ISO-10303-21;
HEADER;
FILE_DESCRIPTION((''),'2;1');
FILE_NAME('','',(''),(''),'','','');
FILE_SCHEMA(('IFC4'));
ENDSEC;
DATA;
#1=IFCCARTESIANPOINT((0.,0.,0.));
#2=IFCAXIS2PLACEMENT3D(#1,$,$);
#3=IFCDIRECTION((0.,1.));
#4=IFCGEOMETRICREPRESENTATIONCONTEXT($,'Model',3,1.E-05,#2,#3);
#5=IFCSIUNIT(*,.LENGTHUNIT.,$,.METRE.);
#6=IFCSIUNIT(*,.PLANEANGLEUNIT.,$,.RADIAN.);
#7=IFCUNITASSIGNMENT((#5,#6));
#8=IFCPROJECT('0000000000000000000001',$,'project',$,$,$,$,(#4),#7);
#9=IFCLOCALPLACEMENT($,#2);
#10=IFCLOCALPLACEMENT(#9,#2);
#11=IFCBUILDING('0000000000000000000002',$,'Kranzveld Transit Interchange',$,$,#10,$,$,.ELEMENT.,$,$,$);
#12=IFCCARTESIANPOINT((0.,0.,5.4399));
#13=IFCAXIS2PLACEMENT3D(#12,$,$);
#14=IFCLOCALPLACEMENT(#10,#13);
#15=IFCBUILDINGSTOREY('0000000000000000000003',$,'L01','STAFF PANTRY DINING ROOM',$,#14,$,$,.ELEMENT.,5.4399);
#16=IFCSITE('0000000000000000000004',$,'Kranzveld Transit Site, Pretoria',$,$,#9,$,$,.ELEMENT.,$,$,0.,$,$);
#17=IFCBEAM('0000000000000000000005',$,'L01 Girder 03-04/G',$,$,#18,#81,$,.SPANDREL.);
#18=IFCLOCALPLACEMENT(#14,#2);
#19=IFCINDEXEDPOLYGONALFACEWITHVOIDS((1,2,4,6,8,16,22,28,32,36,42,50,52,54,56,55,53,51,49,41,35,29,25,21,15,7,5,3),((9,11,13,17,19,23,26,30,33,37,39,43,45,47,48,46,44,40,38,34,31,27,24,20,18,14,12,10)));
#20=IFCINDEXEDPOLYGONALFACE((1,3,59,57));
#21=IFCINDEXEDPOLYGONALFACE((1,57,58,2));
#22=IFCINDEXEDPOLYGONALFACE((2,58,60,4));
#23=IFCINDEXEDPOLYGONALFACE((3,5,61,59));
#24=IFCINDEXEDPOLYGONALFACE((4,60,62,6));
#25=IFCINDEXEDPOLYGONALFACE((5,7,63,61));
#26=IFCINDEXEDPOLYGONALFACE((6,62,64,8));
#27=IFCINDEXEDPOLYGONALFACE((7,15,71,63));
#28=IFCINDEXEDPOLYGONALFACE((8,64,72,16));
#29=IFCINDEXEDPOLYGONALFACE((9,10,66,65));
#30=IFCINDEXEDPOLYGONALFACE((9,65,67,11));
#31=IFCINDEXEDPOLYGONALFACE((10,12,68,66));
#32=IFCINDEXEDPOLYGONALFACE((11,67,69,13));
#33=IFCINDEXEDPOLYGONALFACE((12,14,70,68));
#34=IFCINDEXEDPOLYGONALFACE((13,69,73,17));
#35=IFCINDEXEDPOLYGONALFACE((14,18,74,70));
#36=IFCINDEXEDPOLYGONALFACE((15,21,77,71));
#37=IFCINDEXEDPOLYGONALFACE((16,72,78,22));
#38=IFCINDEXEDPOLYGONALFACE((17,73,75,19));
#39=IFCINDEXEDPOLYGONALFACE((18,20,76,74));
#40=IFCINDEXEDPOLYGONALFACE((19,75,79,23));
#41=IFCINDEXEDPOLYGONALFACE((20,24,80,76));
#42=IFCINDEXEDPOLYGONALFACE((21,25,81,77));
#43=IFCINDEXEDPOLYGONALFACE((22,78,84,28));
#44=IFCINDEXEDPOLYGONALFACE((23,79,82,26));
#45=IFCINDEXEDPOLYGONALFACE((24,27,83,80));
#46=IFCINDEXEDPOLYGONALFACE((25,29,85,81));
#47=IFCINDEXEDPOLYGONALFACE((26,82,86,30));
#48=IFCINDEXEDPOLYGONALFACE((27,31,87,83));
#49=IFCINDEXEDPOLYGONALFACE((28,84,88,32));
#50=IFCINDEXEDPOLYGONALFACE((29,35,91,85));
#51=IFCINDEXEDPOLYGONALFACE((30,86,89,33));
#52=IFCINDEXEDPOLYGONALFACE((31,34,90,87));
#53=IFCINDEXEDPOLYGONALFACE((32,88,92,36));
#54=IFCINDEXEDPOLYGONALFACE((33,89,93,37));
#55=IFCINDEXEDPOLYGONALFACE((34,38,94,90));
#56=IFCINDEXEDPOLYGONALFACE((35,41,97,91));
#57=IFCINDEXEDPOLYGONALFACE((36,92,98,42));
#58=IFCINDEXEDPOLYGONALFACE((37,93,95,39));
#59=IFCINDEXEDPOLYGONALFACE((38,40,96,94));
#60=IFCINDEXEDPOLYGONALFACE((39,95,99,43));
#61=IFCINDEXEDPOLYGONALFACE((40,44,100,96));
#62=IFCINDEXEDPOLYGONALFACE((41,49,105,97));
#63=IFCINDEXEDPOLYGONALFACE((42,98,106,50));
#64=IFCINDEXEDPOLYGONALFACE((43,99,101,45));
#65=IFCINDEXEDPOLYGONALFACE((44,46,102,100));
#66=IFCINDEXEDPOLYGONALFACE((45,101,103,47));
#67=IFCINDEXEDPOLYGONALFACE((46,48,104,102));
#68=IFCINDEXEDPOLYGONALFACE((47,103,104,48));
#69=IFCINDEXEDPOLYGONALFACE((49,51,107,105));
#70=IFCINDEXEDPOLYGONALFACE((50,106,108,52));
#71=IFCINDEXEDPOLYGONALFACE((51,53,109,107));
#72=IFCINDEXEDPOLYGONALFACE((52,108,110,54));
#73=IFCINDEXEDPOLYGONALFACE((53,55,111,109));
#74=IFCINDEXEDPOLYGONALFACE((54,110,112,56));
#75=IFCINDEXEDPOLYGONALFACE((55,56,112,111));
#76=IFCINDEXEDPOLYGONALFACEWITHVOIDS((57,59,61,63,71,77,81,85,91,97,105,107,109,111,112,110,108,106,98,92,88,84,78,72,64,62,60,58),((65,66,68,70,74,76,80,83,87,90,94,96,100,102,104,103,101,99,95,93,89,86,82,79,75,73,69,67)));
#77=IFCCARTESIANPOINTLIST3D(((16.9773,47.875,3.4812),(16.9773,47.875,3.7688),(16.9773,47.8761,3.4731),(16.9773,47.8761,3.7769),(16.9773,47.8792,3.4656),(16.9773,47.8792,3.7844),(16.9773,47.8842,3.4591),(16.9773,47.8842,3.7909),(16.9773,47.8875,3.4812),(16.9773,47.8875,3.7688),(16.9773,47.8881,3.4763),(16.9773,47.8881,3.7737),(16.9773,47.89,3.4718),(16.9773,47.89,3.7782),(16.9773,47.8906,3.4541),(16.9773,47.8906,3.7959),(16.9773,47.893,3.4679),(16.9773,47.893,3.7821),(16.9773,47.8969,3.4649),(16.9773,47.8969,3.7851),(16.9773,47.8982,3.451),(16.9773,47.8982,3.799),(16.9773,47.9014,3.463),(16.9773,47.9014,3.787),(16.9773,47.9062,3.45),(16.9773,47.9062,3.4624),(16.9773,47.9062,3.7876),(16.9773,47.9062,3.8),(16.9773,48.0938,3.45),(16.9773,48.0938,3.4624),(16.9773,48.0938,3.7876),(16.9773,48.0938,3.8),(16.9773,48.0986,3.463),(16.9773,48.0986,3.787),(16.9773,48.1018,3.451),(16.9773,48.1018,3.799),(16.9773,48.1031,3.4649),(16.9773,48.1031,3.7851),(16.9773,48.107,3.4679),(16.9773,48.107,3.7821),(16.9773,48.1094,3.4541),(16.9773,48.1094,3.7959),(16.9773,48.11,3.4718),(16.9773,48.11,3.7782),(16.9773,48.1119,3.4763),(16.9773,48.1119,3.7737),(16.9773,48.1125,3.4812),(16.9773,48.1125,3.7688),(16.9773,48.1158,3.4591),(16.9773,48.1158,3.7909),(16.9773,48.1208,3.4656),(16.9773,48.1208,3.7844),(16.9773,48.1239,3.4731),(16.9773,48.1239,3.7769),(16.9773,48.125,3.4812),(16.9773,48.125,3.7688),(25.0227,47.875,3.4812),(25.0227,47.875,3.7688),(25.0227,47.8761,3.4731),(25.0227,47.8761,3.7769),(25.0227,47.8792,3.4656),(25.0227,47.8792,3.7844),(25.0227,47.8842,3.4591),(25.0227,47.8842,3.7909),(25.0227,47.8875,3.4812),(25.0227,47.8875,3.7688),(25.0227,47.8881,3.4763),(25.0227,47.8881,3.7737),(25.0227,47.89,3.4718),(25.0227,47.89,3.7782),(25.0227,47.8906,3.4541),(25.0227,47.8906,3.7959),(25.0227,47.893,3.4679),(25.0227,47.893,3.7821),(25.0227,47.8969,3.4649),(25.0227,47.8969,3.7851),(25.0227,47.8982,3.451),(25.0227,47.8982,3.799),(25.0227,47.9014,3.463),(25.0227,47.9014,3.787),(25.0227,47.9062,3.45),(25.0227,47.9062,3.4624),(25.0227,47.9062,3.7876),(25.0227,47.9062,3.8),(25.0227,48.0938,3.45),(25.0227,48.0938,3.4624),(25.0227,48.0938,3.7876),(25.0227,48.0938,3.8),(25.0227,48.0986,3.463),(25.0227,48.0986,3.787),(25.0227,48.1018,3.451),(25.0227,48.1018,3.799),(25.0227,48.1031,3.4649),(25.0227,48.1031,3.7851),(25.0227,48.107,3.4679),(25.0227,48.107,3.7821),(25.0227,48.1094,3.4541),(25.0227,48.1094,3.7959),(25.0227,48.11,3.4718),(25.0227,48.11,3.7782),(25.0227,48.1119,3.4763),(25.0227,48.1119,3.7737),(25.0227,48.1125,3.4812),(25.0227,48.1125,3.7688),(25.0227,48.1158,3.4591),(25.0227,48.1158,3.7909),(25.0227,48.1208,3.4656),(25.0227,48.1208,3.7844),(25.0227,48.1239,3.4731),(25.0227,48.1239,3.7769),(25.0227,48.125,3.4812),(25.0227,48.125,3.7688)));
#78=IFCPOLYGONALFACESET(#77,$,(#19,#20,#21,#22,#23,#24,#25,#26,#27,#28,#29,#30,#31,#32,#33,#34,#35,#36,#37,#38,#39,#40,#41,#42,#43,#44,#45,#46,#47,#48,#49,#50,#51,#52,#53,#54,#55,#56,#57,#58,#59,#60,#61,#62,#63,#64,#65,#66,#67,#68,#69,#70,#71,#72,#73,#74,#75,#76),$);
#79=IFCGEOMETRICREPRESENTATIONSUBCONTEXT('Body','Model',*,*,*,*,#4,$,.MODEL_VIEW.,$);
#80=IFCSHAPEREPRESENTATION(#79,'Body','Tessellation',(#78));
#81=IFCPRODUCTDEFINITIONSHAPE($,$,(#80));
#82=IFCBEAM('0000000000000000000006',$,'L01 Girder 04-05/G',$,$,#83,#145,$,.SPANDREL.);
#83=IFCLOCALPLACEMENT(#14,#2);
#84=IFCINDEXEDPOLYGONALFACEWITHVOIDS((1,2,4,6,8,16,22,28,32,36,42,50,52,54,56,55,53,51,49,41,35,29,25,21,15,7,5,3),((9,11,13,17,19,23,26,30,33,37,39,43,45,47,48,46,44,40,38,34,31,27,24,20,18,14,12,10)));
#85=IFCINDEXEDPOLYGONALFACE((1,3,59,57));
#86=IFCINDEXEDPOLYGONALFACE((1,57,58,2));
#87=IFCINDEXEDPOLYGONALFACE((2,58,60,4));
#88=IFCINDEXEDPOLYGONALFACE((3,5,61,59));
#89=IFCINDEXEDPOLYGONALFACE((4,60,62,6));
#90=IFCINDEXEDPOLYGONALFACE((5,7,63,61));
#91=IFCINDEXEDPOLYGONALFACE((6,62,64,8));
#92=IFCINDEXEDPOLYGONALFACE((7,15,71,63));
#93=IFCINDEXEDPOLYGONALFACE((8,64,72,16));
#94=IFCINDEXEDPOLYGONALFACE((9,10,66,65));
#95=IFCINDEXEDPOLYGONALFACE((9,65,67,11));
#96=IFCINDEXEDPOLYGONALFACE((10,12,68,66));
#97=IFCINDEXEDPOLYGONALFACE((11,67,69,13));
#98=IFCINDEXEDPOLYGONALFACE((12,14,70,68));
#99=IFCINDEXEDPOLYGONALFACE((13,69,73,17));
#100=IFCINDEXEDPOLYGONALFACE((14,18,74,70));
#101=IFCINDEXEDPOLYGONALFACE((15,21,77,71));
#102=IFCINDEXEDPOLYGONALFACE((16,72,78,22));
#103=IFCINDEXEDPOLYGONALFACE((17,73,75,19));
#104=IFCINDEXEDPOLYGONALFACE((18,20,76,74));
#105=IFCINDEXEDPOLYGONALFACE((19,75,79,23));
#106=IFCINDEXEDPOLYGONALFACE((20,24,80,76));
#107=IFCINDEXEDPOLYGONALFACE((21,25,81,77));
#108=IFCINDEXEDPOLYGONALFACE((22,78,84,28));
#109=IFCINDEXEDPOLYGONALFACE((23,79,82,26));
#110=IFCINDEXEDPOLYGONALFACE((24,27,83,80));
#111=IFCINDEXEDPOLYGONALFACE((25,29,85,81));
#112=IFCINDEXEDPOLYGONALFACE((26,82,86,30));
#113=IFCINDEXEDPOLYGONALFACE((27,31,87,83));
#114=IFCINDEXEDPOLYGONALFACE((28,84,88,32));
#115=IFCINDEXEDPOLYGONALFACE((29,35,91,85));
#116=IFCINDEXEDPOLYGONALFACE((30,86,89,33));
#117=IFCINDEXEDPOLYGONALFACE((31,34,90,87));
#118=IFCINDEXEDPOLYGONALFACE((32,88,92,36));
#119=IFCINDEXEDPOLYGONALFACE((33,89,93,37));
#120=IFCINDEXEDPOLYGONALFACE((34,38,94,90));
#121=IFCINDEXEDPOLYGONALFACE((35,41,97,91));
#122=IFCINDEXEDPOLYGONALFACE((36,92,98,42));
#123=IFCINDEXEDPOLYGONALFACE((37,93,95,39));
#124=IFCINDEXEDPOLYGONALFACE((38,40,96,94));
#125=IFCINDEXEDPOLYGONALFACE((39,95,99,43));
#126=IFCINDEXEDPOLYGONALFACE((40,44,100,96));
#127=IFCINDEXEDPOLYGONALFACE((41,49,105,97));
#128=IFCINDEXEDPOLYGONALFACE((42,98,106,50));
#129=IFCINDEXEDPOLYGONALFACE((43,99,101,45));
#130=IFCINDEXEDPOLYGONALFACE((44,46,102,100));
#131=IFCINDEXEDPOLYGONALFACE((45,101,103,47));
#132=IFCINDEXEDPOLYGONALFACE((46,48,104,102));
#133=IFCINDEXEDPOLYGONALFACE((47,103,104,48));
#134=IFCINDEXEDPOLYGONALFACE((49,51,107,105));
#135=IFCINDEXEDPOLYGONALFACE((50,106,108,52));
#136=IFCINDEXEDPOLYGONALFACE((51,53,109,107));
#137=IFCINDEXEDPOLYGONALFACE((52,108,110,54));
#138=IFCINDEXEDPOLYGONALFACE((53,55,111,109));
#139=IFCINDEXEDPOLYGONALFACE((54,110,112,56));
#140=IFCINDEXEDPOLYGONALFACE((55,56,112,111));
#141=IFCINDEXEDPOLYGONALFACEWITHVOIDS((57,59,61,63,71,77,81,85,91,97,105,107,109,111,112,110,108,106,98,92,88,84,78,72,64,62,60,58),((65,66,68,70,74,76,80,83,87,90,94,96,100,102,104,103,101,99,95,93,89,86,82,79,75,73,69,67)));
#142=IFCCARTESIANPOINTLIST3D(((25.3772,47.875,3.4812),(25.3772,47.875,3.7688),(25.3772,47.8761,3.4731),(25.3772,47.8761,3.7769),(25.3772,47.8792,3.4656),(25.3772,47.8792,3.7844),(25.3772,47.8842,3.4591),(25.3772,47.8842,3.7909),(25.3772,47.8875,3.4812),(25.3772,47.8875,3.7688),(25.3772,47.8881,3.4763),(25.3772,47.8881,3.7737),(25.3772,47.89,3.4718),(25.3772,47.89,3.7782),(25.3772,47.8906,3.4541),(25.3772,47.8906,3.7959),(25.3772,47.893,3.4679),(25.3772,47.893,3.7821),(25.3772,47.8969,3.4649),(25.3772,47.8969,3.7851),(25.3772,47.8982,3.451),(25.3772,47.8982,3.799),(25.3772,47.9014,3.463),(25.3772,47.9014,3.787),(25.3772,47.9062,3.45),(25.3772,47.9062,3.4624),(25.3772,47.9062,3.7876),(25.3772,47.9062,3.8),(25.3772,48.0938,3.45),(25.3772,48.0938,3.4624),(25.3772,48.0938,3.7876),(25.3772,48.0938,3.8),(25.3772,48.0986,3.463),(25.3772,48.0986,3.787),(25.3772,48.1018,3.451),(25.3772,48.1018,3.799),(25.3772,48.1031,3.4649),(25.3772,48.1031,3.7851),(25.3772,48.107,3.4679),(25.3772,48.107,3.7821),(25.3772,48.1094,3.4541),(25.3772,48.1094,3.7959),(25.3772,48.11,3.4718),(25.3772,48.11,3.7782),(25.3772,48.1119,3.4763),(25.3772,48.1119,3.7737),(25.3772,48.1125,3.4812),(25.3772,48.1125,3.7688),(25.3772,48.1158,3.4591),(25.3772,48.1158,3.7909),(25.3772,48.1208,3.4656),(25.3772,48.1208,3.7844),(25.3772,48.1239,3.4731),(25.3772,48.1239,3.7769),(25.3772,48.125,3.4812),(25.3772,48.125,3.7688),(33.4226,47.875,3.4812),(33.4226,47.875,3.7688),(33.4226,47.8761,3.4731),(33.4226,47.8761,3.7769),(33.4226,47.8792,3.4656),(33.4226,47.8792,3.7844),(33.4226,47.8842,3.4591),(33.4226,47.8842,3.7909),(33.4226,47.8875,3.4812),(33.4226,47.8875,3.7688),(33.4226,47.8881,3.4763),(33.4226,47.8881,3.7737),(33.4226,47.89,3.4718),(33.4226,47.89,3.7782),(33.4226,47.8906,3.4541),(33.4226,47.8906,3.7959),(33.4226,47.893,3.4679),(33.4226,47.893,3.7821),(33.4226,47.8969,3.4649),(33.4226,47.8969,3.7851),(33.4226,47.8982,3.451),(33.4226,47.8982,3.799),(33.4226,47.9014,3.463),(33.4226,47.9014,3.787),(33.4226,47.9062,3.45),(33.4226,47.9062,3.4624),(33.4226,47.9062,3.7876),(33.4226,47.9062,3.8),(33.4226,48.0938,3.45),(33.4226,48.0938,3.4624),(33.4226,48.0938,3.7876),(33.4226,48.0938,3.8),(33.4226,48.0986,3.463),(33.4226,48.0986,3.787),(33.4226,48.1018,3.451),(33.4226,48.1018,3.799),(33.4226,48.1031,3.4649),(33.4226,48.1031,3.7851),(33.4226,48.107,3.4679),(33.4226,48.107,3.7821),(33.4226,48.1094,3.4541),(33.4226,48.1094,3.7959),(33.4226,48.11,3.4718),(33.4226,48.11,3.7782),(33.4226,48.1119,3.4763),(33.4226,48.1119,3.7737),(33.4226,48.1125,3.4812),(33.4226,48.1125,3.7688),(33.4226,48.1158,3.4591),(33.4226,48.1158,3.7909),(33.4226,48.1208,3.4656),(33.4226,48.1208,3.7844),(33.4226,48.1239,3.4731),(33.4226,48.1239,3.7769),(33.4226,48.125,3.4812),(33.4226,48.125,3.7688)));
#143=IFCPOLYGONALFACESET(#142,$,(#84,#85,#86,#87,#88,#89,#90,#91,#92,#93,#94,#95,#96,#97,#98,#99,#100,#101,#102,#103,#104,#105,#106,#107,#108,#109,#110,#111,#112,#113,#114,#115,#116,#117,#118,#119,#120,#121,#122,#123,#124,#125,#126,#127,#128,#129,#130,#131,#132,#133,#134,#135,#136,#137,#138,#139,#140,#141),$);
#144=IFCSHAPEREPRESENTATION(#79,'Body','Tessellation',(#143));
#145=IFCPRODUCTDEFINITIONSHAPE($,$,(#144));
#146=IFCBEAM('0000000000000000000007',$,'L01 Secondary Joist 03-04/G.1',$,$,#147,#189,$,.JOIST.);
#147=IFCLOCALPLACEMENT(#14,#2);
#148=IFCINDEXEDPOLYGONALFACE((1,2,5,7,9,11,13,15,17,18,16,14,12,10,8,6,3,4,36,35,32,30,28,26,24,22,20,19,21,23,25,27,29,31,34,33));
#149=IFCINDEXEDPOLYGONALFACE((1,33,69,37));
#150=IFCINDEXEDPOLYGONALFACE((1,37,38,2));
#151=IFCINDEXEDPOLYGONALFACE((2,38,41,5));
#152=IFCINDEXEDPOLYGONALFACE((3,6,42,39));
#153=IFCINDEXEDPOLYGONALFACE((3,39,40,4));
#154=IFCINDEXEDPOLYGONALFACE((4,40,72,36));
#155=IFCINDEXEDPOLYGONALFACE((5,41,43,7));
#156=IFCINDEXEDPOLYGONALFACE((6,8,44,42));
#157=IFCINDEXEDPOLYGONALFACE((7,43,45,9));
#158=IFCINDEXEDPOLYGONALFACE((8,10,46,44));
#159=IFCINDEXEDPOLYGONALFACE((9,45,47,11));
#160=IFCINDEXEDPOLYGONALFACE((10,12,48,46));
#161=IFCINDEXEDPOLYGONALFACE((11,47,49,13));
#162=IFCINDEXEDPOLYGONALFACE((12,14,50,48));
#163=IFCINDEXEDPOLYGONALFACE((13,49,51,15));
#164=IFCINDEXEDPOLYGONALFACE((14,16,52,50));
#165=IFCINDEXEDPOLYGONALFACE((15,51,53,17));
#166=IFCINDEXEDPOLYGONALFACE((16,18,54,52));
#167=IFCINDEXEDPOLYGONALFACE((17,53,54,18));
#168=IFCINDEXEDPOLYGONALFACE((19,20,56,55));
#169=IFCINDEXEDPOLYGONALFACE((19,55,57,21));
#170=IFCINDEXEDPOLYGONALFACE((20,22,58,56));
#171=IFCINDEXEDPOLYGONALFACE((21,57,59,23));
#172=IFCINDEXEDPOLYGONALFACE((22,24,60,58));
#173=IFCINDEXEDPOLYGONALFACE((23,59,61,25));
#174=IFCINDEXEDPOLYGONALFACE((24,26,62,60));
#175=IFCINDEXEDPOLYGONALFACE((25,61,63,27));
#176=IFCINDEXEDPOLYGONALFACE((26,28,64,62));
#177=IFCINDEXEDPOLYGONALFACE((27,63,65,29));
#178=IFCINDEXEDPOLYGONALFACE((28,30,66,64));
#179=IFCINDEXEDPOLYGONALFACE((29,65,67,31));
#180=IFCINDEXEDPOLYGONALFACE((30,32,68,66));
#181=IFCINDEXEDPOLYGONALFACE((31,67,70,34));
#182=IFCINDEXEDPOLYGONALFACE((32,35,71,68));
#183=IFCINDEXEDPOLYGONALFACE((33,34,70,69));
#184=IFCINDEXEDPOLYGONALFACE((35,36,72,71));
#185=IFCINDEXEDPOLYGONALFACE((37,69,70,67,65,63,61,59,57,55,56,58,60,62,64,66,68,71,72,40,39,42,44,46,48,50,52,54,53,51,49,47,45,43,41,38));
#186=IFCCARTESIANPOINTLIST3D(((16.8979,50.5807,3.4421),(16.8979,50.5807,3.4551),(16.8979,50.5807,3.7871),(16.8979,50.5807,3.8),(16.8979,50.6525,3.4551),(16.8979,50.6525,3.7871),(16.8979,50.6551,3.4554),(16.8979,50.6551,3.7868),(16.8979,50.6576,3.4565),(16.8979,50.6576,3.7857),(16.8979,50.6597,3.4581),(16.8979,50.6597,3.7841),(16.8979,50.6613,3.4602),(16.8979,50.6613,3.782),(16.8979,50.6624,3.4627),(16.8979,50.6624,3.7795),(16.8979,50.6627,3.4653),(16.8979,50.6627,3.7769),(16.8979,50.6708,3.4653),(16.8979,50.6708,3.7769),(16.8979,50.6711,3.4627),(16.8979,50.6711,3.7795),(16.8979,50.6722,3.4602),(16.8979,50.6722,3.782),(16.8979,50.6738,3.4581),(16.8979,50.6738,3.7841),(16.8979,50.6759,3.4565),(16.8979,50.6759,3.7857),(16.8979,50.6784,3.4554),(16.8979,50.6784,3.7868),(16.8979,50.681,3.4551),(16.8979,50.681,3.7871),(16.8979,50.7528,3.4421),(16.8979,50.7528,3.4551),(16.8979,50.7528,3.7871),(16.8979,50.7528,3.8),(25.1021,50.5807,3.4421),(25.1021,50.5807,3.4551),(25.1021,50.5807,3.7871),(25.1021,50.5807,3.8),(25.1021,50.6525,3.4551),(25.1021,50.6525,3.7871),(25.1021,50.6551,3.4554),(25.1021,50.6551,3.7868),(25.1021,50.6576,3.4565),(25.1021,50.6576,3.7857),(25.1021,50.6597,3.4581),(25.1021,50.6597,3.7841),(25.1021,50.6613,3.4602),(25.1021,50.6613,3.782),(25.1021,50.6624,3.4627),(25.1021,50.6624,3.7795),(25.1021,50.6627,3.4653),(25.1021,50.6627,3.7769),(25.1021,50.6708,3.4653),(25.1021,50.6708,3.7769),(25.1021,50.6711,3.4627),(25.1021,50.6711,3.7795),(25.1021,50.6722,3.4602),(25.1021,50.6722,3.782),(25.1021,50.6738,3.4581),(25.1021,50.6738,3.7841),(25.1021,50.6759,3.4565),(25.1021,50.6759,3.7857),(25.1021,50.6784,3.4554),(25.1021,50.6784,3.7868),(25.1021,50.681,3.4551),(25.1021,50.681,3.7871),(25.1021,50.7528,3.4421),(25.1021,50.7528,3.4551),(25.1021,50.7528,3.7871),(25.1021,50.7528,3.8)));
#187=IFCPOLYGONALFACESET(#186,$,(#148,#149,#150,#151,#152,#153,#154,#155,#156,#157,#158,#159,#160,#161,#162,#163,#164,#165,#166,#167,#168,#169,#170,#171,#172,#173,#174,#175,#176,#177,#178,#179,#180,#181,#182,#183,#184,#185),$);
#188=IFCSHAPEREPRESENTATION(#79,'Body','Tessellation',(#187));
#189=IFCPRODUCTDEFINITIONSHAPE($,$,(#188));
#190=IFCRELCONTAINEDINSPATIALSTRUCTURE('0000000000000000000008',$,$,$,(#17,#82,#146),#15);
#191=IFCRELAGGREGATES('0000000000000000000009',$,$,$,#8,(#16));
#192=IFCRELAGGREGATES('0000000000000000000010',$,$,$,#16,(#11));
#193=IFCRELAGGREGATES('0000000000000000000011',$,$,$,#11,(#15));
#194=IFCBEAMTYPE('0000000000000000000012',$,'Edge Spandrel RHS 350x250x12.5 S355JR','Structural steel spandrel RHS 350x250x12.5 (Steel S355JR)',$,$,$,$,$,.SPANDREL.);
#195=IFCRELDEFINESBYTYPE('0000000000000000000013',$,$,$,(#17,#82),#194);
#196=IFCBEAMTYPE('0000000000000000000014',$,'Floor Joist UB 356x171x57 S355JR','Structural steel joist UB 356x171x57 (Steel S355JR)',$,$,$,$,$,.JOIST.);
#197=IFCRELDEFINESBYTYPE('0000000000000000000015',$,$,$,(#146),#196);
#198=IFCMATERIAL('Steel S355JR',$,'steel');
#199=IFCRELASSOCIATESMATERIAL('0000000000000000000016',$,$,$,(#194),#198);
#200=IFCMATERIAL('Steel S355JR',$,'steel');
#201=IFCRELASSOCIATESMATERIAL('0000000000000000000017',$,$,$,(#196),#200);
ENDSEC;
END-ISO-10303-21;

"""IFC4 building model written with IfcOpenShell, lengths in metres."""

from ifc_helpers import new_model, si_unit, direction, frame, origin, origin_2d, place, context, subcontext, project, spatial, hollow_rectangle, i_section, extrude, material, material_profile, profile_set, type_object, element, save


model = new_model("IFC4")

# Units and contexts
model_context = context("Model", 3, precision=1e-05, world=origin(), true_north=direction((0.0, 1.0)))
body_context = subcontext(model_context, "Body", "Model", "MODEL_VIEW")
ifc_project = project(units=[si_unit("LENGTHUNIT", "METRE"), si_unit("PLANEANGLEUNIT", "RADIAN")], contexts=[model_context])

# Site, building, storey
site_placement = place(None, origin())
site = spatial("IfcSite", under=ifc_project, at=site_placement, Name="Kranzveld Transit Site, Pretoria", CompositionType="ELEMENT", RefElevation=0.0)
building_placement = place(site_placement, origin())
building = spatial("IfcBuilding", under=site, at=building_placement, Name="Kranzveld Transit Interchange", CompositionType="ELEMENT")
storey_placement = place(building_placement, frame((0.0, 0.0, 5.4399)))
storey = spatial("IfcBuildingStorey", under=building, at=storey_placement, Name="L01", Description="STAFF PANTRY DINING ROOM", CompositionType="ELEMENT", Elevation=5.4399)

# Beams
ifc_material_1 = material(Name="Steel S355JR", Category="steel")
ifc_material_profile_1 = material_profile(ifc_material_1, hollow_rectangle(XDim=0.25, YDim=0.3501, WallThickness=0.0125, InnerFilletRadius=0.0188, OuterFilletRadius=0.0312, at=origin_2d()), Name="RHS 350x250x12.5")
ifc_profile_set_1 = profile_set([ifc_material_profile_1], Name="Steel S355JR")
beam_type_1 = type_object("IfcBeamType", Name="Edge Spandrel RHS 350x250x12.5 S355JR", Description="Structural steel spandrel RHS 350x250x12.5 (Steel S355JR)", PredefinedType="SPANDREL", material=ifc_profile_set_1)
for number, where, z_axis, x_axis, name in (
    (1, (16.9773, 48.0, 3.625), (1.0, 0.0, 0.0), (0.0, 1.0, 0.0), "L01 Girder 03-04/G"),
    (2, (25.3772, 48.0, 3.625), (1.0, 0.0, 0.0), (0.0, 1.0, 0.0), "L01 Girder 04-05/G"),
):
    element("IfcBeam", number, at=place(storey_placement, frame(where, z_axis=z_axis, x_axis=x_axis)), inside=storey, type_object=beam_type_1, Name=name, PredefinedType="SPANDREL", context=body_context, shape_type="SweptSolid", body=[
        extrude(hollow_rectangle(XDim=0.25, YDim=0.3501, WallThickness=0.0125, InnerFilletRadius=0.0188, OuterFilletRadius=0.0312, at=origin_2d()), origin(), (0.0, 0.0, 1.0), 8.0454),
    ])
ifc_material_2 = material(Name="Steel S355JR", Category="steel")
ifc_material_profile_2 = material_profile(ifc_material_2, i_section(OverallWidth=0.1721, OverallDepth=0.3579, WebThickness=0.0081, FlangeThickness=0.0129, FilletRadius=0.0103, at=origin_2d()), Name="UB 356x171x57")
ifc_profile_set_2 = profile_set([ifc_material_profile_2], Name="Steel S355JR")
beam_type_2 = type_object("IfcBeamType", Name="Floor Joist UB 356x171x57 S355JR", Description="Structural steel joist UB 356x171x57 (Steel S355JR)", PredefinedType="JOIST", material=ifc_profile_set_2)
for number, where, z_axis, x_axis, name in (
    (3, (16.8979, 50.6667, 3.6211), (1.0, 0.0, 0.0), (0.0, 1.0, 0.0), "L01 Secondary Joist 03-04/G.1"),
):
    element("IfcBeam", number, at=place(storey_placement, frame(where, z_axis=z_axis, x_axis=x_axis)), inside=storey, type_object=beam_type_2, Name=name, PredefinedType="JOIST", context=body_context, shape_type="SweptSolid", body=[
        extrude(i_section(OverallWidth=0.1721, OverallDepth=0.3579, WebThickness=0.0081, FlangeThickness=0.0129, FilletRadius=0.0103, at=origin_2d()), origin(), (0.0, 0.0, 1.0), 8.2041),
    ])

save(model, "model.ifc")
